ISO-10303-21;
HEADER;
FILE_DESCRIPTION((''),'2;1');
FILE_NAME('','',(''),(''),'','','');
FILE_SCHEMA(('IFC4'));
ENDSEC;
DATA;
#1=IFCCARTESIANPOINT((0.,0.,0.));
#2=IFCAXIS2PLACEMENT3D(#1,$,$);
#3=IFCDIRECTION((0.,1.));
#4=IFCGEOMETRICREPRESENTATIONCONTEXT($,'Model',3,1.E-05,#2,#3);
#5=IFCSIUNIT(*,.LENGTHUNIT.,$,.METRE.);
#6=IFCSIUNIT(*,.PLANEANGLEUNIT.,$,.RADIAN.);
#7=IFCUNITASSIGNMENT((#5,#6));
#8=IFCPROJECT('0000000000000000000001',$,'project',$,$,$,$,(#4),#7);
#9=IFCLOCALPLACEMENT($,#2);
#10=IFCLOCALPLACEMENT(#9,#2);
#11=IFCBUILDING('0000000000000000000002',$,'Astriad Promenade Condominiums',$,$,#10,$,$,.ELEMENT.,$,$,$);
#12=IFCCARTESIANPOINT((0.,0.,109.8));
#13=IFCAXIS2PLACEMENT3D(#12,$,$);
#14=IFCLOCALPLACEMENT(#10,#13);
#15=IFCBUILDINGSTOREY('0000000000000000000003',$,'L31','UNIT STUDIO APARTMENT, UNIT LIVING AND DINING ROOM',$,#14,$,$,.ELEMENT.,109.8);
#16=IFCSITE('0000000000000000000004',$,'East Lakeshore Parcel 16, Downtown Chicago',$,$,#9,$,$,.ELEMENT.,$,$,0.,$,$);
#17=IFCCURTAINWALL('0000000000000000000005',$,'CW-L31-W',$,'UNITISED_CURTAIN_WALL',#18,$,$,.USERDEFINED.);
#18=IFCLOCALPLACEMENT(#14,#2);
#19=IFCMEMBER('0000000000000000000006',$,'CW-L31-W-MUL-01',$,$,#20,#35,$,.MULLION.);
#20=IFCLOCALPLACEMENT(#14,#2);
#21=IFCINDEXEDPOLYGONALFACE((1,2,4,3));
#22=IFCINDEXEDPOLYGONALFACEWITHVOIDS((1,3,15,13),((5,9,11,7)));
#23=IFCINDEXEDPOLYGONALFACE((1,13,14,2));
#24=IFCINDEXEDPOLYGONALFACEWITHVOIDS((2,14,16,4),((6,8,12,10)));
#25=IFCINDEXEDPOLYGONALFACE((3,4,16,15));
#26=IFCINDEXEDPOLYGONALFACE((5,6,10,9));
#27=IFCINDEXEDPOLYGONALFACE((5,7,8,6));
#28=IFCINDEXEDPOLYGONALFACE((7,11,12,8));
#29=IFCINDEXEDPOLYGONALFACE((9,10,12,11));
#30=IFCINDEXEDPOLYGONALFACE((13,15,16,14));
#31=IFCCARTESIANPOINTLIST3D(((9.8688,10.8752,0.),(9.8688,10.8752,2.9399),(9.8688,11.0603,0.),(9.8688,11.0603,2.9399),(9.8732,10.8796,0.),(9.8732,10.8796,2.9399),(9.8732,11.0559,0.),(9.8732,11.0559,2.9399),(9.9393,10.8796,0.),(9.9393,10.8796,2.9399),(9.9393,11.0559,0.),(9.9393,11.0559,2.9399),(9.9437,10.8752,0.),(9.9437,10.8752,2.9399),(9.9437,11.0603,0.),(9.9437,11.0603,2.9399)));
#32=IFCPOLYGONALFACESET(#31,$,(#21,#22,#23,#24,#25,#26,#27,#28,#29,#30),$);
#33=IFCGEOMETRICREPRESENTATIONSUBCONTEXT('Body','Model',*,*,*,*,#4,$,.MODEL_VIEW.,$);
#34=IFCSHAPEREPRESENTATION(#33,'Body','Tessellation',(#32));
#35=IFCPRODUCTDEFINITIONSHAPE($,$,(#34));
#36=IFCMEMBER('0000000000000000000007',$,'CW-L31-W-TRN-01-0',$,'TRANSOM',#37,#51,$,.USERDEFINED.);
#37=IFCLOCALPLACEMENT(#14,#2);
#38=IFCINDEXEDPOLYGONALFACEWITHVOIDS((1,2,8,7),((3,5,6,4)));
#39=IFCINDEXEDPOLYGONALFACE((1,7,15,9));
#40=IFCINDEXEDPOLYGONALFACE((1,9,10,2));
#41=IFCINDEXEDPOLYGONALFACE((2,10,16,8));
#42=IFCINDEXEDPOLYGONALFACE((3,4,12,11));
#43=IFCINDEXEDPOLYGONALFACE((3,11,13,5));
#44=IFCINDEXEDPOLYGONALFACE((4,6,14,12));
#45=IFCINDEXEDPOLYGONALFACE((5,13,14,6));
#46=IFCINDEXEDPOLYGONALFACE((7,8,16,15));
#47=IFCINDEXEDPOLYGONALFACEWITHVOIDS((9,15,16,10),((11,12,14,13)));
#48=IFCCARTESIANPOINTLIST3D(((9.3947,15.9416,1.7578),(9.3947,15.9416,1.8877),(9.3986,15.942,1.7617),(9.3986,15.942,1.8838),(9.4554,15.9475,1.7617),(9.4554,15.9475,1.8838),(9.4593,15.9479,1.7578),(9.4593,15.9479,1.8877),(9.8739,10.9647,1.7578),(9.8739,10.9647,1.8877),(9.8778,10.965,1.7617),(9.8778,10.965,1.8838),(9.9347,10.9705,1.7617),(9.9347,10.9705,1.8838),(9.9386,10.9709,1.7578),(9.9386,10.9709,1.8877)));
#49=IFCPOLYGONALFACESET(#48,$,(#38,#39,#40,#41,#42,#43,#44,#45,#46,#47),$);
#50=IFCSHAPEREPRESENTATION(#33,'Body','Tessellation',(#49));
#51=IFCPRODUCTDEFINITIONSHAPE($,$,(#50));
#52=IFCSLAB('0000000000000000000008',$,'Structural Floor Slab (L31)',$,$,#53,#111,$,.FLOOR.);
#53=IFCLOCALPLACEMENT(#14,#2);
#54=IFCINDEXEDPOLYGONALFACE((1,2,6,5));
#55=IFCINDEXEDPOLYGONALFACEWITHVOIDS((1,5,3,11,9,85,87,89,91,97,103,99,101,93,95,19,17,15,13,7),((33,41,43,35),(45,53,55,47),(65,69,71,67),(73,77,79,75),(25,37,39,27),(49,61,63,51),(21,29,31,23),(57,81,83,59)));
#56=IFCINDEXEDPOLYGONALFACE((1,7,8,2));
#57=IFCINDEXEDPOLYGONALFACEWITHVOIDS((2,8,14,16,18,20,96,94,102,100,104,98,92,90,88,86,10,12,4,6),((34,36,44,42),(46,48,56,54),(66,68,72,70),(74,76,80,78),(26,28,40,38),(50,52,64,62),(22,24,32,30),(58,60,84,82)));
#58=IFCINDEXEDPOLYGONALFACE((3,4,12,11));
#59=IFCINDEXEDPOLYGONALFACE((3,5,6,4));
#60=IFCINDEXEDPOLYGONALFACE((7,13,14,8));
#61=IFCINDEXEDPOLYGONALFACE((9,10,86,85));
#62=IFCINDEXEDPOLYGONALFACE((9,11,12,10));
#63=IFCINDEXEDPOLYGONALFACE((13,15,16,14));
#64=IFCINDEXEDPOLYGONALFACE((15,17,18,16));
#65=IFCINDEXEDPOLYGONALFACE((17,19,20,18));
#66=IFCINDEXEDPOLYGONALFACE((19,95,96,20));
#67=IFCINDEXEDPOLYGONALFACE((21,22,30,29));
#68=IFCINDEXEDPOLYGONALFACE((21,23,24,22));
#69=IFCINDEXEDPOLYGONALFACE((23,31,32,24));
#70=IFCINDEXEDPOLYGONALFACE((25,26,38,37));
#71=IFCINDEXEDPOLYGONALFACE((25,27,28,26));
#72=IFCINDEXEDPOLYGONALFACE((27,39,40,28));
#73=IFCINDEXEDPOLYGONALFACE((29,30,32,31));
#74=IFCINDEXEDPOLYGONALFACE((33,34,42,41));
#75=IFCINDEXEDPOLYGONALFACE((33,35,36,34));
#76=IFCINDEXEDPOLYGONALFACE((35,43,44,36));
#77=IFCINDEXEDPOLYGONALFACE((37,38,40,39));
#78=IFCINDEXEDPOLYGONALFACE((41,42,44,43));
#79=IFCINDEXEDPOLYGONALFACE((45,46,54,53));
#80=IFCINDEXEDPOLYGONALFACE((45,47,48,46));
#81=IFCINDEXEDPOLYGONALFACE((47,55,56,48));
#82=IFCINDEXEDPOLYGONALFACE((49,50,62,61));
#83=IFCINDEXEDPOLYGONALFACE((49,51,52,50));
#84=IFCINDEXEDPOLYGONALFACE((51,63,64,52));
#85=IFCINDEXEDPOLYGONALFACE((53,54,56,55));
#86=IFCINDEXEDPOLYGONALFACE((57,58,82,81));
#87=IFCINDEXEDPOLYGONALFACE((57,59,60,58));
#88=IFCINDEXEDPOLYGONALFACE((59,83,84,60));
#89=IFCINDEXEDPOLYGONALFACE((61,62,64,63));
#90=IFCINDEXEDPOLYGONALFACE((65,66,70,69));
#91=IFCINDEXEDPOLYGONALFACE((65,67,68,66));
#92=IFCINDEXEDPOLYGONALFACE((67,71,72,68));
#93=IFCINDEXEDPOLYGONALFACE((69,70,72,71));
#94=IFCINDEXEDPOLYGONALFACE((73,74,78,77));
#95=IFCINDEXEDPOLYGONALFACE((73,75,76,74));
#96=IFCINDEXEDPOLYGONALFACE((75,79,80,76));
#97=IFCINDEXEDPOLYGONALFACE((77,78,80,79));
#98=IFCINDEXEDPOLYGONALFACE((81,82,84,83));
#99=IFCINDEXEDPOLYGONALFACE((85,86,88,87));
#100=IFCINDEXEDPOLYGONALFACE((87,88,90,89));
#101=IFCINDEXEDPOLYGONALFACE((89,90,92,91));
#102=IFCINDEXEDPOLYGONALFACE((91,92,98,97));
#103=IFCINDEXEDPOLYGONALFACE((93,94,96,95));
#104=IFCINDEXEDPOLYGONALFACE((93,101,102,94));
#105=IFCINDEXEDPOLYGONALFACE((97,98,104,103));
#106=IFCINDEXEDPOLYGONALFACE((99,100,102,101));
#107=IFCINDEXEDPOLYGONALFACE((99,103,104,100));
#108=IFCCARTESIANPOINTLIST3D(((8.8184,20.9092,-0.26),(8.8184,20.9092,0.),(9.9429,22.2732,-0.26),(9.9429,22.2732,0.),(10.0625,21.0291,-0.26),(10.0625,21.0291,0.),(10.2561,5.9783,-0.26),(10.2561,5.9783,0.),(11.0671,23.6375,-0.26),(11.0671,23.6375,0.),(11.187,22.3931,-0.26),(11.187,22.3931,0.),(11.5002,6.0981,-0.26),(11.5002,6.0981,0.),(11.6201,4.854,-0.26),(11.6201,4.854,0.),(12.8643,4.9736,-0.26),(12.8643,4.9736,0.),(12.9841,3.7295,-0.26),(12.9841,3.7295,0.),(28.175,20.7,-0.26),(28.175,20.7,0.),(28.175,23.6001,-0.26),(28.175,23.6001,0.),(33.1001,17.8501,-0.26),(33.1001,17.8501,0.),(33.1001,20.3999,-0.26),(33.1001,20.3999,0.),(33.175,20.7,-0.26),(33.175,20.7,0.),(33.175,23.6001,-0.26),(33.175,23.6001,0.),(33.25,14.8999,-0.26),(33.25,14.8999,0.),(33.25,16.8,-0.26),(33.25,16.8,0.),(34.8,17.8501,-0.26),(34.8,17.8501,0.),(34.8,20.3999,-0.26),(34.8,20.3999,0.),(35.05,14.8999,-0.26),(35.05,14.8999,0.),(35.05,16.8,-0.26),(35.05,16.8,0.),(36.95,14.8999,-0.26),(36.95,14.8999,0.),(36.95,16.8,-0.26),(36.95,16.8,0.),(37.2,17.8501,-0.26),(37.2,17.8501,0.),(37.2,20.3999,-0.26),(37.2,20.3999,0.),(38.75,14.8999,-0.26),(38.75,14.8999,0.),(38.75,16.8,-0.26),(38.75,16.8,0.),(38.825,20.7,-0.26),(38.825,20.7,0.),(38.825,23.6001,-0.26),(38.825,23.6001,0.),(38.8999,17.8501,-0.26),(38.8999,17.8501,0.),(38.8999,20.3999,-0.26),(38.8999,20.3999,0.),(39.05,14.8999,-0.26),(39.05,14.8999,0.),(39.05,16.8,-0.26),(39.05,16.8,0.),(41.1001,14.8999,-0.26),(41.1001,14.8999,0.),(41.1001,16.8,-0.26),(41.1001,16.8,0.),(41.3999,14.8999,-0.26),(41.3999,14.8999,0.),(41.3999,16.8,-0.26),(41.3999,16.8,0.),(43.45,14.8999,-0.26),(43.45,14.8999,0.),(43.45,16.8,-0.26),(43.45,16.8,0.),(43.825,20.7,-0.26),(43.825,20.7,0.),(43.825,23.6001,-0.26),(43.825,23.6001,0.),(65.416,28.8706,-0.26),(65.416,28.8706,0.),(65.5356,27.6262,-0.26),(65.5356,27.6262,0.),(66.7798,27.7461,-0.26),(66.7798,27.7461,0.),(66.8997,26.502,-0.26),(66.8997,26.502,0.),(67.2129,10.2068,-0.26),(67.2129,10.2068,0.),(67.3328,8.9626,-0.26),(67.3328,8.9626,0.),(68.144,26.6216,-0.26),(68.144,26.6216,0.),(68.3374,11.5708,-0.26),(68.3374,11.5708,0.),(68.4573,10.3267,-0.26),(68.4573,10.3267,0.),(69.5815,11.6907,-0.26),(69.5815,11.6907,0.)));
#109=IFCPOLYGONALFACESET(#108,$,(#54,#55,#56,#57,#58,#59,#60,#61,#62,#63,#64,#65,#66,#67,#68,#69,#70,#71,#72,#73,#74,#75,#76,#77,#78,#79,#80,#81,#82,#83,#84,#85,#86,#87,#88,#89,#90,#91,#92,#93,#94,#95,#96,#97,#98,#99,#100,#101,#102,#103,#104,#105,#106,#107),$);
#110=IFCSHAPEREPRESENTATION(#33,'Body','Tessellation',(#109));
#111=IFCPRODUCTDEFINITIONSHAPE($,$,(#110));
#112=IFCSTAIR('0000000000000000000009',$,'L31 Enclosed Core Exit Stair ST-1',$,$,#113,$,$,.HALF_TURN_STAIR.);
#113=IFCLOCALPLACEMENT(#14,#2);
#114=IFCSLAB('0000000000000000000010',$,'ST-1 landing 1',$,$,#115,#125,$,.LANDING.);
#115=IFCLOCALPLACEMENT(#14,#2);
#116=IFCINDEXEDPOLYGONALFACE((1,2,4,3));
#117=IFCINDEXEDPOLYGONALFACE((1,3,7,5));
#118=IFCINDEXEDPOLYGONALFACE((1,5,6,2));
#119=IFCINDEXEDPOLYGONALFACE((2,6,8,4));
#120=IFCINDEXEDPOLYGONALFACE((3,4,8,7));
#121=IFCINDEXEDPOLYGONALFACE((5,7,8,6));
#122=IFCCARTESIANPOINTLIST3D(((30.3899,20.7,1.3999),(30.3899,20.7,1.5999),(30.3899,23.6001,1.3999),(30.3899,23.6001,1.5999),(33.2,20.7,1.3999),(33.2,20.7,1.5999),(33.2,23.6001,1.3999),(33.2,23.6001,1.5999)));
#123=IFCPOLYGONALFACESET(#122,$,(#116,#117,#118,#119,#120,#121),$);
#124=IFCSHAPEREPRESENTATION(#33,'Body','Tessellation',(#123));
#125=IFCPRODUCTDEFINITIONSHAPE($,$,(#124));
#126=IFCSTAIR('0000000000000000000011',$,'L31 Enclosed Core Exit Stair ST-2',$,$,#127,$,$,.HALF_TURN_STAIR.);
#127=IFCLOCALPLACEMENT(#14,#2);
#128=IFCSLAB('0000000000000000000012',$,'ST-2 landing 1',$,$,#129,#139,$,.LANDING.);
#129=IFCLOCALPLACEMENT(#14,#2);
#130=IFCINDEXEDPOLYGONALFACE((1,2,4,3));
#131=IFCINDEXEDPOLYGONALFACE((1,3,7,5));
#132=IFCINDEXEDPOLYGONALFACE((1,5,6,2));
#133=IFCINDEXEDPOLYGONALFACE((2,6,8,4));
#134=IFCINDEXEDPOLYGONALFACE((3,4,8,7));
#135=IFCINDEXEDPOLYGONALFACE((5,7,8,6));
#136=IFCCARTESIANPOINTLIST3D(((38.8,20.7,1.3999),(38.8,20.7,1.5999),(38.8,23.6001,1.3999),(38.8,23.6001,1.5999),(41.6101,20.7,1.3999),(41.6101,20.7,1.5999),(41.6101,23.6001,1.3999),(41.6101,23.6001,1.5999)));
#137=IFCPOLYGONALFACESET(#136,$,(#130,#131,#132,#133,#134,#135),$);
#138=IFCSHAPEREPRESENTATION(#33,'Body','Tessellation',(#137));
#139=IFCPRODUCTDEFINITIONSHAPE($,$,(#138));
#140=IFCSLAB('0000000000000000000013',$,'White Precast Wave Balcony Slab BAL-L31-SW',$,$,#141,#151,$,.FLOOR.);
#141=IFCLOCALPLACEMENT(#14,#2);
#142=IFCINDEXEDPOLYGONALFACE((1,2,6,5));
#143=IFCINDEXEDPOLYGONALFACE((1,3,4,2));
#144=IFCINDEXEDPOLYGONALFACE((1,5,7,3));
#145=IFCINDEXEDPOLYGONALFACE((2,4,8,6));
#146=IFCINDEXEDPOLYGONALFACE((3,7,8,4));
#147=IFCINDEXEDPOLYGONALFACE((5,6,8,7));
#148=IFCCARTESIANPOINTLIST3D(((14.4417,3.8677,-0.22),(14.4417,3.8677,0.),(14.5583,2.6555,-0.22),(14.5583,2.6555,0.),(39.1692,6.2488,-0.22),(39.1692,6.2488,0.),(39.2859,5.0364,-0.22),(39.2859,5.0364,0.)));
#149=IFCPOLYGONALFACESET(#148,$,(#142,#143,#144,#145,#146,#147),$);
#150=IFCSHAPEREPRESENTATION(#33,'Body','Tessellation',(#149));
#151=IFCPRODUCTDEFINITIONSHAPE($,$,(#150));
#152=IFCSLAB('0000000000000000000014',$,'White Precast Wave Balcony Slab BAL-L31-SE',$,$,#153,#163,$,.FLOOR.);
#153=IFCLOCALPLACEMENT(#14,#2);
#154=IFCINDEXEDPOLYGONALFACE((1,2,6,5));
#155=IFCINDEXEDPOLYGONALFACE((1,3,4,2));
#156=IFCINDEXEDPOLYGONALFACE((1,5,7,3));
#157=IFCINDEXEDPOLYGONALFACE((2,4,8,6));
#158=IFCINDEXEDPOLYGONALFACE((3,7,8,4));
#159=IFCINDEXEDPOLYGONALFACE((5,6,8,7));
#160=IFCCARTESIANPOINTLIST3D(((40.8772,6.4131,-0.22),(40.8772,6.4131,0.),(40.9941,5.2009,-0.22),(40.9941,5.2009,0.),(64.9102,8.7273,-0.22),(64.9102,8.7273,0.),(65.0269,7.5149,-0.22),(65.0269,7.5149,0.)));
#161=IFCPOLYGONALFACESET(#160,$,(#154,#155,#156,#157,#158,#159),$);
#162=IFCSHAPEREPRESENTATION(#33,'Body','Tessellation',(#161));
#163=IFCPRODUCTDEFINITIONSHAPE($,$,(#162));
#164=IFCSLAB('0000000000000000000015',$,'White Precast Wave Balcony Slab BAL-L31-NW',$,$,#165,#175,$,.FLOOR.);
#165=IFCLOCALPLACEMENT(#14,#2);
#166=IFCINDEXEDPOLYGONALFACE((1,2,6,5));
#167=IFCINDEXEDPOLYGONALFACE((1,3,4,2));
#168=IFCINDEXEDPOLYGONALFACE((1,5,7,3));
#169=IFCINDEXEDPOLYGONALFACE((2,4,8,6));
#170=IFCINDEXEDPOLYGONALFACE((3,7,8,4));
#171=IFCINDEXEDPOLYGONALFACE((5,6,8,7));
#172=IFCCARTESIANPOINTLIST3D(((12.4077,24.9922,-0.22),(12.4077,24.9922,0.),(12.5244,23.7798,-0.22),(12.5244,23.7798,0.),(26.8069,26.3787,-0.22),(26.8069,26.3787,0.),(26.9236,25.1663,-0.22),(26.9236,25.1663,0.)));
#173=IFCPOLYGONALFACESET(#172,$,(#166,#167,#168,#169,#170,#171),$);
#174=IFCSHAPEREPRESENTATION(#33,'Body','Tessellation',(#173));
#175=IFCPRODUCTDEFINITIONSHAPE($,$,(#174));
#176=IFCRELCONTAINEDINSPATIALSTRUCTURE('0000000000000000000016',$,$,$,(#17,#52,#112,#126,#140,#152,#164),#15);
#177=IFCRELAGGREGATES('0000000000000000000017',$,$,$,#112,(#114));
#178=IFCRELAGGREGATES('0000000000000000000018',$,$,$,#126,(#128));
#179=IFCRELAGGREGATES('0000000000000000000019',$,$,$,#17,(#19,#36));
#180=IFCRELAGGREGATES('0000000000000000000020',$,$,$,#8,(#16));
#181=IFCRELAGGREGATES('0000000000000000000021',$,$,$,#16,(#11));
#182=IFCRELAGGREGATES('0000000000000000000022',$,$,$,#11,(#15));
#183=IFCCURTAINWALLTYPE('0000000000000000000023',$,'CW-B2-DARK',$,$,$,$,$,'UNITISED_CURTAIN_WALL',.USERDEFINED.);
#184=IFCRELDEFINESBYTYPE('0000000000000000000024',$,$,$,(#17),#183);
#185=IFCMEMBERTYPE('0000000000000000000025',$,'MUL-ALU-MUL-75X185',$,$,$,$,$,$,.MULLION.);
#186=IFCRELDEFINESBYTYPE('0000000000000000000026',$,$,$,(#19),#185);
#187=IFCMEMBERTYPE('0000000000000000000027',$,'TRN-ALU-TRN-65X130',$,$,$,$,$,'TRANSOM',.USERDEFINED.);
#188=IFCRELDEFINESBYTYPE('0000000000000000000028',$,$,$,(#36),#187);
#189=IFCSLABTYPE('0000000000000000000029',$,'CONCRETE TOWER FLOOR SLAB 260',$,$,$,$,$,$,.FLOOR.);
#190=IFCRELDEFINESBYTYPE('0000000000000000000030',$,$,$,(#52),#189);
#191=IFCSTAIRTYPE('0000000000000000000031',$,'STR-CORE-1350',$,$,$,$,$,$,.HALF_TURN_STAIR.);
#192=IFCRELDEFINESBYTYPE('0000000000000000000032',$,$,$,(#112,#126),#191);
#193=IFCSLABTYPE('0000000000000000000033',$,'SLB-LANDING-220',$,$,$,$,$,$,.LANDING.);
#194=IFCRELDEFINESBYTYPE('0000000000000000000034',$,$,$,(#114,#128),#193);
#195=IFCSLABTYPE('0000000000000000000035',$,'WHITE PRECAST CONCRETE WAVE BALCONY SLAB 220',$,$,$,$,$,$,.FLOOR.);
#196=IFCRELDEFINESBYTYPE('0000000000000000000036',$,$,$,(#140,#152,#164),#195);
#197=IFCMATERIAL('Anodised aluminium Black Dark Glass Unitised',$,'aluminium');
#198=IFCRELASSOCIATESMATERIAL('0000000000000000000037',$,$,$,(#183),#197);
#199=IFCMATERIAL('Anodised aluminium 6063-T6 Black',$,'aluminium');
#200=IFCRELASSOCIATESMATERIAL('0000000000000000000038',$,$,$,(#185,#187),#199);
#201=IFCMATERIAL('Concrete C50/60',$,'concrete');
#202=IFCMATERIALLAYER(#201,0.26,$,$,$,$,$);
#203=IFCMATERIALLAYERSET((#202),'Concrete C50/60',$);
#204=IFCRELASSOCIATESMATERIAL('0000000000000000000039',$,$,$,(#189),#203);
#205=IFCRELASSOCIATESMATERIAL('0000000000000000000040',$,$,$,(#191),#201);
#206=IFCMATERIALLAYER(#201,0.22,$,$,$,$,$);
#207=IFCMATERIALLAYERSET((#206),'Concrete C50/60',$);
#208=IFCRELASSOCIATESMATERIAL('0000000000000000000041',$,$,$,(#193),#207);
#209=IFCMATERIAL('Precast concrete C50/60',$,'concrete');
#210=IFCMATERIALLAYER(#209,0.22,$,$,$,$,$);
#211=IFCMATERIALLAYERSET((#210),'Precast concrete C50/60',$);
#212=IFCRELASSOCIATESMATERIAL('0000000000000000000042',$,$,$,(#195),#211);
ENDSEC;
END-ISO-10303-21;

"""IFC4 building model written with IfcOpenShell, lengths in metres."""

from ifc_helpers import new_model, si_unit, direction, frame, origin, origin_2d, place, context, subcontext, project, spatial, polyline, hollow_rectangle, outline, extrude, source, transform, mapped, material, layer, layer_set, material_profile, profile_set, type_object, type_shapes, element, aggregate, save


model = new_model("IFC4")

# Units and contexts
model_context = context("Model", 3, precision=1e-05, world=origin(), true_north=direction((0.0, 1.0)))
body_context = subcontext(model_context, "Body", "Model", "MODEL_VIEW")
ifc_project = project(units=[si_unit("LENGTHUNIT", "METRE"), si_unit("PLANEANGLEUNIT", "RADIAN")], contexts=[model_context])

# Site, building, storey
site_placement = place(None, origin())
site = spatial("IfcSite", under=ifc_project, at=site_placement, Name="East Lakeshore Parcel 16, Downtown Chicago", CompositionType="ELEMENT", RefElevation=0.0)
building_placement = place(site_placement, origin())
building = spatial("IfcBuilding", under=site, at=building_placement, Name="Astriad Promenade Condominiums", CompositionType="ELEMENT")
storey_placement = place(building_placement, frame((0.0, 0.0, 109.8)))
storey = spatial("IfcBuildingStorey", under=building, at=storey_placement, Name="L31", Description="UNIT STUDIO APARTMENT, UNIT LIVING AND DINING ROOM", CompositionType="ELEMENT", Elevation=109.8)

# Curtain wall, members
ifc_material_1 = material(Name="Anodised aluminium Black Dark Glass Unitised", Category="aluminium")
curtain_wall_type = type_object("IfcCurtainWallType", Name="CW-B2-DARK", ElementType="UNITISED_CURTAIN_WALL", PredefinedType="USERDEFINED", material=ifc_material_1)
curtain_wall_placement = place(storey_placement, origin())
curtain_wall = element("IfcCurtainWall", 1, at=curtain_wall_placement, inside=storey, type_object=curtain_wall_type, Name="CW-L31-W", ObjectType="UNITISED_CURTAIN_WALL", PredefinedType="USERDEFINED")
ifc_material_2 = material(Name="Anodised aluminium 6063-T6 Black", Category="aluminium")
ifc_material_profile_1 = material_profile(ifc_material_2, hollow_rectangle(XDim=0.075, YDim=0.1851, WallThickness=0.0044, at=origin_2d()), Name="ALU-MUL-75X185")
ifc_profile_set_1 = profile_set([ifc_material_profile_1], Name="Anodised aluminium 6063-T6 Black")
member_type_1 = type_object("IfcMemberType", Name="MUL-ALU-MUL-75X185", PredefinedType="MULLION", material=ifc_profile_set_1)
shared_shape_1 = source(origin(), body_context, "Body", "SweptSolid", [
    extrude(hollow_rectangle(XDim=0.075, YDim=0.1851, WallThickness=0.0044, at=origin_2d()), origin(), (0.0, 0.0, 1.0), 2.9399),
])
type_shapes(member_type_1, [shared_shape_1])
member_1_placement = place(storey_placement, frame((9.9062, 10.9678, 0.0), z_axis=(0.0, 0.0, 1.0), x_axis=(1.0, 0.0, 0.0)))
member_1 = element("IfcMember", 2, at=member_1_placement, type_object=member_type_1, Name="CW-L31-W-MUL-01", PredefinedType="MULLION", context=body_context, shape_type="MappedRepresentation", body=[
    mapped(shared_shape_1, transform((0.0, 0.0, 0.0), scale=1.0)),
])
ifc_material_profile_2 = material_profile(ifc_material_2, hollow_rectangle(XDim=0.0649, YDim=0.1299, WallThickness=0.0039, at=origin_2d()), Name="ALU-TRN-65X130")
ifc_profile_set_2 = profile_set([ifc_material_profile_2], Name="Anodised aluminium 6063-T6 Black")
member_type_2 = type_object("IfcMemberType", Name="TRN-ALU-TRN-65X130", ElementType="TRANSOM", PredefinedType="USERDEFINED", material=ifc_profile_set_2)
shared_shape_2 = source(origin(), body_context, "Body", "SweptSolid", [
    extrude(hollow_rectangle(XDim=0.0649, YDim=0.1299, WallThickness=0.0039, at=origin_2d()), origin(), (0.0, 0.0, 1.0), 5.0),
])
type_shapes(member_type_2, [shared_shape_2])
member_2_placement = place(storey_placement, frame((9.9062, 10.9678, 1.8228), z_axis=(-0.095848, 0.995396, 0.0), x_axis=(-0.995396, -0.095848, 0.0)))
member_2 = element("IfcMember", 3, at=member_2_placement, type_object=member_type_2, Name="CW-L31-W-TRN-01-0", ObjectType="TRANSOM", PredefinedType="USERDEFINED", context=body_context, shape_type="MappedRepresentation", body=[
    mapped(shared_shape_2, transform((0.0, 0.0, 0.0), scale=1.0)),
])

# Slab
ifc_material_3 = material(Name="Concrete C50/60", Category="concrete")
ifc_layer_1 = layer(ifc_material_3, 0.26)
ifc_layer_set_1 = layer_set([ifc_layer_1], Name="Concrete C50/60")
slab_type_1 = type_object("IfcSlabType", Name="CONCRETE TOWER FLOOR SLAB 260", PredefinedType="FLOOR", material=ifc_layer_set_1)
slab_1_placement = place(storey_placement, frame((0.0, 0.0, -0.26)))
element("IfcSlab", 4, at=slab_1_placement, inside=storey, type_object=slab_type_1, Name="Structural Floor Slab (L31)", PredefinedType="FLOOR", context=body_context, shape_type="SweptSolid", body=[
    extrude(outline(polyline([(12.9841, 3.7295), (67.3328, 8.9626), (67.2129, 10.2068), (68.4573, 10.3267), (68.3374, 11.5708), (69.5815, 11.6907), (68.144, 26.6216), (66.8997, 26.502), (66.7798, 27.7461), (65.5356, 27.6262), (65.416, 28.8706), (11.0671, 23.6375), (11.187, 22.3931), (9.9429, 22.2732), (10.0625, 21.0291), (8.8184, 20.9092), (10.2561, 5.9783), (11.5002, 6.0981), (11.6201, 4.854), (12.8643, 4.9736), (12.9841, 3.7295)]), holes=[polyline([(28.175, 20.7), (33.175, 20.7), (33.175, 23.6001), (28.175, 23.6001), (28.175, 20.7)]), polyline([(38.825, 20.7), (43.825, 20.7), (43.825, 23.6001), (38.825, 23.6001), (38.825, 20.7)]), polyline([(33.1001, 17.8501), (34.8, 17.8501), (34.8, 20.3999), (33.1001, 20.3999), (33.1001, 17.8501)]), polyline([(37.2, 17.8501), (38.8999, 17.8501), (38.8999, 20.3999), (37.2, 20.3999), (37.2, 17.8501)]), polyline([(33.25, 14.8999), (35.05, 14.8999), (35.05, 16.8), (33.25, 16.8), (33.25, 14.8999)]), polyline([(36.95, 14.8999), (38.75, 14.8999), (38.75, 16.8), (36.95, 16.8), (36.95, 14.8999)]), polyline([(39.05, 14.8999), (41.1001, 14.8999), (41.1001, 16.8), (39.05, 16.8), (39.05, 14.8999)]), polyline([(41.3999, 14.8999), (43.45, 14.8999), (43.45, 16.8), (41.3999, 16.8), (41.3999, 14.8999)])]), origin(), (0.0, 0.0, 1.0), 0.26),
])

# Stairs, slabs
stair_type = type_object("IfcStairType", Name="STR-CORE-1350", PredefinedType="HALF_TURN_STAIR", material=ifc_material_3)
stair_1_placement = place(storey_placement, origin())
stair_1 = element("IfcStair", 5, at=stair_1_placement, inside=storey, type_object=stair_type, Name="L31 Enclosed Core Exit Stair ST-1", PredefinedType="HALF_TURN_STAIR")
ifc_layer_2 = layer(ifc_material_3, 0.22)
ifc_layer_set_2 = layer_set([ifc_layer_2], Name="Concrete C50/60")
slab_type_2 = type_object("IfcSlabType", Name="SLB-LANDING-220", PredefinedType="LANDING", material=ifc_layer_set_2)
slab_2_placement = place(storey_placement, frame((0.0, 0.0, 1.3999)))
slab_2 = element("IfcSlab", 6, at=slab_2_placement, type_object=slab_type_2, Name="ST-1 landing 1", PredefinedType="LANDING", context=body_context, shape_type="SweptSolid", body=[
    extrude(outline(polyline([(30.3899, 20.7), (33.2, 20.7), (33.2, 23.6001), (30.3899, 23.6001), (30.3899, 20.7)])), origin(), (0.0, 0.0, 1.0), 0.2),
])
aggregate(stair_1, [slab_2])
stair_2_placement = place(storey_placement, origin())
stair_2 = element("IfcStair", 7, at=stair_2_placement, inside=storey, type_object=stair_type, Name="L31 Enclosed Core Exit Stair ST-2", PredefinedType="HALF_TURN_STAIR")
slab_3_placement = place(storey_placement, frame((0.0, 0.0, 1.3999)))
slab_3 = element("IfcSlab", 8, at=slab_3_placement, type_object=slab_type_2, Name="ST-2 landing 1", PredefinedType="LANDING", context=body_context, shape_type="SweptSolid", body=[
    extrude(outline(polyline([(41.6101, 23.6001), (38.8, 23.6001), (38.8, 20.7), (41.6101, 20.7), (41.6101, 23.6001)])), origin(), (0.0, 0.0, 1.0), 0.2),
])
aggregate(stair_2, [slab_3])

# Slabs
ifc_material_4 = material(Name="Precast concrete C50/60", Category="concrete")
ifc_layer_3 = layer(ifc_material_4, 0.22)
ifc_layer_set_3 = layer_set([ifc_layer_3], Name="Precast concrete C50/60")
slab_type_3 = type_object("IfcSlabType", Name="WHITE PRECAST CONCRETE WAVE BALCONY SLAB 220", PredefinedType="FLOOR", material=ifc_layer_set_3)
slab_4_placement = place(storey_placement, frame((0.0, 0.0, -0.22)))
element("IfcSlab", 9, at=slab_4_placement, inside=storey, type_object=slab_type_3, Name="White Precast Wave Balcony Slab BAL-L31-SW", PredefinedType="FLOOR", context=body_context, shape_type="SweptSolid", body=[
    extrude(outline(polyline([(39.2859, 5.0364), (14.5583, 2.6555), (14.4417, 3.8677), (39.1692, 6.2488), (39.2859, 5.0364)])), origin(), (0.0, 0.0, 1.0), 0.22),
])
slab_5_placement = place(storey_placement, frame((0.0, 0.0, -0.22)))
element("IfcSlab", 10, at=slab_5_placement, inside=storey, type_object=slab_type_3, Name="White Precast Wave Balcony Slab BAL-L31-SE", PredefinedType="FLOOR", context=body_context, shape_type="SweptSolid", body=[
    extrude(outline(polyline([(65.0269, 7.5149), (40.9941, 5.2009), (40.8772, 6.4131), (64.9102, 8.7273), (65.0269, 7.5149)])), origin(), (0.0, 0.0, 1.0), 0.22),
])
slab_6_placement = place(storey_placement, frame((0.0, 0.0, -0.22)))
element("IfcSlab", 11, at=slab_6_placement, inside=storey, type_object=slab_type_3, Name="White Precast Wave Balcony Slab BAL-L31-NW", PredefinedType="FLOOR", context=body_context, shape_type="SweptSolid", body=[
    extrude(outline(polyline([(12.4077, 24.9922), (26.8069, 26.3787), (26.9236, 25.1663), (12.5244, 23.7798), (12.4077, 24.9922)])), origin(), (0.0, 0.0, 1.0), 0.22),
])

aggregate(curtain_wall, [member_1, member_2])

save(model, "model.ifc")
